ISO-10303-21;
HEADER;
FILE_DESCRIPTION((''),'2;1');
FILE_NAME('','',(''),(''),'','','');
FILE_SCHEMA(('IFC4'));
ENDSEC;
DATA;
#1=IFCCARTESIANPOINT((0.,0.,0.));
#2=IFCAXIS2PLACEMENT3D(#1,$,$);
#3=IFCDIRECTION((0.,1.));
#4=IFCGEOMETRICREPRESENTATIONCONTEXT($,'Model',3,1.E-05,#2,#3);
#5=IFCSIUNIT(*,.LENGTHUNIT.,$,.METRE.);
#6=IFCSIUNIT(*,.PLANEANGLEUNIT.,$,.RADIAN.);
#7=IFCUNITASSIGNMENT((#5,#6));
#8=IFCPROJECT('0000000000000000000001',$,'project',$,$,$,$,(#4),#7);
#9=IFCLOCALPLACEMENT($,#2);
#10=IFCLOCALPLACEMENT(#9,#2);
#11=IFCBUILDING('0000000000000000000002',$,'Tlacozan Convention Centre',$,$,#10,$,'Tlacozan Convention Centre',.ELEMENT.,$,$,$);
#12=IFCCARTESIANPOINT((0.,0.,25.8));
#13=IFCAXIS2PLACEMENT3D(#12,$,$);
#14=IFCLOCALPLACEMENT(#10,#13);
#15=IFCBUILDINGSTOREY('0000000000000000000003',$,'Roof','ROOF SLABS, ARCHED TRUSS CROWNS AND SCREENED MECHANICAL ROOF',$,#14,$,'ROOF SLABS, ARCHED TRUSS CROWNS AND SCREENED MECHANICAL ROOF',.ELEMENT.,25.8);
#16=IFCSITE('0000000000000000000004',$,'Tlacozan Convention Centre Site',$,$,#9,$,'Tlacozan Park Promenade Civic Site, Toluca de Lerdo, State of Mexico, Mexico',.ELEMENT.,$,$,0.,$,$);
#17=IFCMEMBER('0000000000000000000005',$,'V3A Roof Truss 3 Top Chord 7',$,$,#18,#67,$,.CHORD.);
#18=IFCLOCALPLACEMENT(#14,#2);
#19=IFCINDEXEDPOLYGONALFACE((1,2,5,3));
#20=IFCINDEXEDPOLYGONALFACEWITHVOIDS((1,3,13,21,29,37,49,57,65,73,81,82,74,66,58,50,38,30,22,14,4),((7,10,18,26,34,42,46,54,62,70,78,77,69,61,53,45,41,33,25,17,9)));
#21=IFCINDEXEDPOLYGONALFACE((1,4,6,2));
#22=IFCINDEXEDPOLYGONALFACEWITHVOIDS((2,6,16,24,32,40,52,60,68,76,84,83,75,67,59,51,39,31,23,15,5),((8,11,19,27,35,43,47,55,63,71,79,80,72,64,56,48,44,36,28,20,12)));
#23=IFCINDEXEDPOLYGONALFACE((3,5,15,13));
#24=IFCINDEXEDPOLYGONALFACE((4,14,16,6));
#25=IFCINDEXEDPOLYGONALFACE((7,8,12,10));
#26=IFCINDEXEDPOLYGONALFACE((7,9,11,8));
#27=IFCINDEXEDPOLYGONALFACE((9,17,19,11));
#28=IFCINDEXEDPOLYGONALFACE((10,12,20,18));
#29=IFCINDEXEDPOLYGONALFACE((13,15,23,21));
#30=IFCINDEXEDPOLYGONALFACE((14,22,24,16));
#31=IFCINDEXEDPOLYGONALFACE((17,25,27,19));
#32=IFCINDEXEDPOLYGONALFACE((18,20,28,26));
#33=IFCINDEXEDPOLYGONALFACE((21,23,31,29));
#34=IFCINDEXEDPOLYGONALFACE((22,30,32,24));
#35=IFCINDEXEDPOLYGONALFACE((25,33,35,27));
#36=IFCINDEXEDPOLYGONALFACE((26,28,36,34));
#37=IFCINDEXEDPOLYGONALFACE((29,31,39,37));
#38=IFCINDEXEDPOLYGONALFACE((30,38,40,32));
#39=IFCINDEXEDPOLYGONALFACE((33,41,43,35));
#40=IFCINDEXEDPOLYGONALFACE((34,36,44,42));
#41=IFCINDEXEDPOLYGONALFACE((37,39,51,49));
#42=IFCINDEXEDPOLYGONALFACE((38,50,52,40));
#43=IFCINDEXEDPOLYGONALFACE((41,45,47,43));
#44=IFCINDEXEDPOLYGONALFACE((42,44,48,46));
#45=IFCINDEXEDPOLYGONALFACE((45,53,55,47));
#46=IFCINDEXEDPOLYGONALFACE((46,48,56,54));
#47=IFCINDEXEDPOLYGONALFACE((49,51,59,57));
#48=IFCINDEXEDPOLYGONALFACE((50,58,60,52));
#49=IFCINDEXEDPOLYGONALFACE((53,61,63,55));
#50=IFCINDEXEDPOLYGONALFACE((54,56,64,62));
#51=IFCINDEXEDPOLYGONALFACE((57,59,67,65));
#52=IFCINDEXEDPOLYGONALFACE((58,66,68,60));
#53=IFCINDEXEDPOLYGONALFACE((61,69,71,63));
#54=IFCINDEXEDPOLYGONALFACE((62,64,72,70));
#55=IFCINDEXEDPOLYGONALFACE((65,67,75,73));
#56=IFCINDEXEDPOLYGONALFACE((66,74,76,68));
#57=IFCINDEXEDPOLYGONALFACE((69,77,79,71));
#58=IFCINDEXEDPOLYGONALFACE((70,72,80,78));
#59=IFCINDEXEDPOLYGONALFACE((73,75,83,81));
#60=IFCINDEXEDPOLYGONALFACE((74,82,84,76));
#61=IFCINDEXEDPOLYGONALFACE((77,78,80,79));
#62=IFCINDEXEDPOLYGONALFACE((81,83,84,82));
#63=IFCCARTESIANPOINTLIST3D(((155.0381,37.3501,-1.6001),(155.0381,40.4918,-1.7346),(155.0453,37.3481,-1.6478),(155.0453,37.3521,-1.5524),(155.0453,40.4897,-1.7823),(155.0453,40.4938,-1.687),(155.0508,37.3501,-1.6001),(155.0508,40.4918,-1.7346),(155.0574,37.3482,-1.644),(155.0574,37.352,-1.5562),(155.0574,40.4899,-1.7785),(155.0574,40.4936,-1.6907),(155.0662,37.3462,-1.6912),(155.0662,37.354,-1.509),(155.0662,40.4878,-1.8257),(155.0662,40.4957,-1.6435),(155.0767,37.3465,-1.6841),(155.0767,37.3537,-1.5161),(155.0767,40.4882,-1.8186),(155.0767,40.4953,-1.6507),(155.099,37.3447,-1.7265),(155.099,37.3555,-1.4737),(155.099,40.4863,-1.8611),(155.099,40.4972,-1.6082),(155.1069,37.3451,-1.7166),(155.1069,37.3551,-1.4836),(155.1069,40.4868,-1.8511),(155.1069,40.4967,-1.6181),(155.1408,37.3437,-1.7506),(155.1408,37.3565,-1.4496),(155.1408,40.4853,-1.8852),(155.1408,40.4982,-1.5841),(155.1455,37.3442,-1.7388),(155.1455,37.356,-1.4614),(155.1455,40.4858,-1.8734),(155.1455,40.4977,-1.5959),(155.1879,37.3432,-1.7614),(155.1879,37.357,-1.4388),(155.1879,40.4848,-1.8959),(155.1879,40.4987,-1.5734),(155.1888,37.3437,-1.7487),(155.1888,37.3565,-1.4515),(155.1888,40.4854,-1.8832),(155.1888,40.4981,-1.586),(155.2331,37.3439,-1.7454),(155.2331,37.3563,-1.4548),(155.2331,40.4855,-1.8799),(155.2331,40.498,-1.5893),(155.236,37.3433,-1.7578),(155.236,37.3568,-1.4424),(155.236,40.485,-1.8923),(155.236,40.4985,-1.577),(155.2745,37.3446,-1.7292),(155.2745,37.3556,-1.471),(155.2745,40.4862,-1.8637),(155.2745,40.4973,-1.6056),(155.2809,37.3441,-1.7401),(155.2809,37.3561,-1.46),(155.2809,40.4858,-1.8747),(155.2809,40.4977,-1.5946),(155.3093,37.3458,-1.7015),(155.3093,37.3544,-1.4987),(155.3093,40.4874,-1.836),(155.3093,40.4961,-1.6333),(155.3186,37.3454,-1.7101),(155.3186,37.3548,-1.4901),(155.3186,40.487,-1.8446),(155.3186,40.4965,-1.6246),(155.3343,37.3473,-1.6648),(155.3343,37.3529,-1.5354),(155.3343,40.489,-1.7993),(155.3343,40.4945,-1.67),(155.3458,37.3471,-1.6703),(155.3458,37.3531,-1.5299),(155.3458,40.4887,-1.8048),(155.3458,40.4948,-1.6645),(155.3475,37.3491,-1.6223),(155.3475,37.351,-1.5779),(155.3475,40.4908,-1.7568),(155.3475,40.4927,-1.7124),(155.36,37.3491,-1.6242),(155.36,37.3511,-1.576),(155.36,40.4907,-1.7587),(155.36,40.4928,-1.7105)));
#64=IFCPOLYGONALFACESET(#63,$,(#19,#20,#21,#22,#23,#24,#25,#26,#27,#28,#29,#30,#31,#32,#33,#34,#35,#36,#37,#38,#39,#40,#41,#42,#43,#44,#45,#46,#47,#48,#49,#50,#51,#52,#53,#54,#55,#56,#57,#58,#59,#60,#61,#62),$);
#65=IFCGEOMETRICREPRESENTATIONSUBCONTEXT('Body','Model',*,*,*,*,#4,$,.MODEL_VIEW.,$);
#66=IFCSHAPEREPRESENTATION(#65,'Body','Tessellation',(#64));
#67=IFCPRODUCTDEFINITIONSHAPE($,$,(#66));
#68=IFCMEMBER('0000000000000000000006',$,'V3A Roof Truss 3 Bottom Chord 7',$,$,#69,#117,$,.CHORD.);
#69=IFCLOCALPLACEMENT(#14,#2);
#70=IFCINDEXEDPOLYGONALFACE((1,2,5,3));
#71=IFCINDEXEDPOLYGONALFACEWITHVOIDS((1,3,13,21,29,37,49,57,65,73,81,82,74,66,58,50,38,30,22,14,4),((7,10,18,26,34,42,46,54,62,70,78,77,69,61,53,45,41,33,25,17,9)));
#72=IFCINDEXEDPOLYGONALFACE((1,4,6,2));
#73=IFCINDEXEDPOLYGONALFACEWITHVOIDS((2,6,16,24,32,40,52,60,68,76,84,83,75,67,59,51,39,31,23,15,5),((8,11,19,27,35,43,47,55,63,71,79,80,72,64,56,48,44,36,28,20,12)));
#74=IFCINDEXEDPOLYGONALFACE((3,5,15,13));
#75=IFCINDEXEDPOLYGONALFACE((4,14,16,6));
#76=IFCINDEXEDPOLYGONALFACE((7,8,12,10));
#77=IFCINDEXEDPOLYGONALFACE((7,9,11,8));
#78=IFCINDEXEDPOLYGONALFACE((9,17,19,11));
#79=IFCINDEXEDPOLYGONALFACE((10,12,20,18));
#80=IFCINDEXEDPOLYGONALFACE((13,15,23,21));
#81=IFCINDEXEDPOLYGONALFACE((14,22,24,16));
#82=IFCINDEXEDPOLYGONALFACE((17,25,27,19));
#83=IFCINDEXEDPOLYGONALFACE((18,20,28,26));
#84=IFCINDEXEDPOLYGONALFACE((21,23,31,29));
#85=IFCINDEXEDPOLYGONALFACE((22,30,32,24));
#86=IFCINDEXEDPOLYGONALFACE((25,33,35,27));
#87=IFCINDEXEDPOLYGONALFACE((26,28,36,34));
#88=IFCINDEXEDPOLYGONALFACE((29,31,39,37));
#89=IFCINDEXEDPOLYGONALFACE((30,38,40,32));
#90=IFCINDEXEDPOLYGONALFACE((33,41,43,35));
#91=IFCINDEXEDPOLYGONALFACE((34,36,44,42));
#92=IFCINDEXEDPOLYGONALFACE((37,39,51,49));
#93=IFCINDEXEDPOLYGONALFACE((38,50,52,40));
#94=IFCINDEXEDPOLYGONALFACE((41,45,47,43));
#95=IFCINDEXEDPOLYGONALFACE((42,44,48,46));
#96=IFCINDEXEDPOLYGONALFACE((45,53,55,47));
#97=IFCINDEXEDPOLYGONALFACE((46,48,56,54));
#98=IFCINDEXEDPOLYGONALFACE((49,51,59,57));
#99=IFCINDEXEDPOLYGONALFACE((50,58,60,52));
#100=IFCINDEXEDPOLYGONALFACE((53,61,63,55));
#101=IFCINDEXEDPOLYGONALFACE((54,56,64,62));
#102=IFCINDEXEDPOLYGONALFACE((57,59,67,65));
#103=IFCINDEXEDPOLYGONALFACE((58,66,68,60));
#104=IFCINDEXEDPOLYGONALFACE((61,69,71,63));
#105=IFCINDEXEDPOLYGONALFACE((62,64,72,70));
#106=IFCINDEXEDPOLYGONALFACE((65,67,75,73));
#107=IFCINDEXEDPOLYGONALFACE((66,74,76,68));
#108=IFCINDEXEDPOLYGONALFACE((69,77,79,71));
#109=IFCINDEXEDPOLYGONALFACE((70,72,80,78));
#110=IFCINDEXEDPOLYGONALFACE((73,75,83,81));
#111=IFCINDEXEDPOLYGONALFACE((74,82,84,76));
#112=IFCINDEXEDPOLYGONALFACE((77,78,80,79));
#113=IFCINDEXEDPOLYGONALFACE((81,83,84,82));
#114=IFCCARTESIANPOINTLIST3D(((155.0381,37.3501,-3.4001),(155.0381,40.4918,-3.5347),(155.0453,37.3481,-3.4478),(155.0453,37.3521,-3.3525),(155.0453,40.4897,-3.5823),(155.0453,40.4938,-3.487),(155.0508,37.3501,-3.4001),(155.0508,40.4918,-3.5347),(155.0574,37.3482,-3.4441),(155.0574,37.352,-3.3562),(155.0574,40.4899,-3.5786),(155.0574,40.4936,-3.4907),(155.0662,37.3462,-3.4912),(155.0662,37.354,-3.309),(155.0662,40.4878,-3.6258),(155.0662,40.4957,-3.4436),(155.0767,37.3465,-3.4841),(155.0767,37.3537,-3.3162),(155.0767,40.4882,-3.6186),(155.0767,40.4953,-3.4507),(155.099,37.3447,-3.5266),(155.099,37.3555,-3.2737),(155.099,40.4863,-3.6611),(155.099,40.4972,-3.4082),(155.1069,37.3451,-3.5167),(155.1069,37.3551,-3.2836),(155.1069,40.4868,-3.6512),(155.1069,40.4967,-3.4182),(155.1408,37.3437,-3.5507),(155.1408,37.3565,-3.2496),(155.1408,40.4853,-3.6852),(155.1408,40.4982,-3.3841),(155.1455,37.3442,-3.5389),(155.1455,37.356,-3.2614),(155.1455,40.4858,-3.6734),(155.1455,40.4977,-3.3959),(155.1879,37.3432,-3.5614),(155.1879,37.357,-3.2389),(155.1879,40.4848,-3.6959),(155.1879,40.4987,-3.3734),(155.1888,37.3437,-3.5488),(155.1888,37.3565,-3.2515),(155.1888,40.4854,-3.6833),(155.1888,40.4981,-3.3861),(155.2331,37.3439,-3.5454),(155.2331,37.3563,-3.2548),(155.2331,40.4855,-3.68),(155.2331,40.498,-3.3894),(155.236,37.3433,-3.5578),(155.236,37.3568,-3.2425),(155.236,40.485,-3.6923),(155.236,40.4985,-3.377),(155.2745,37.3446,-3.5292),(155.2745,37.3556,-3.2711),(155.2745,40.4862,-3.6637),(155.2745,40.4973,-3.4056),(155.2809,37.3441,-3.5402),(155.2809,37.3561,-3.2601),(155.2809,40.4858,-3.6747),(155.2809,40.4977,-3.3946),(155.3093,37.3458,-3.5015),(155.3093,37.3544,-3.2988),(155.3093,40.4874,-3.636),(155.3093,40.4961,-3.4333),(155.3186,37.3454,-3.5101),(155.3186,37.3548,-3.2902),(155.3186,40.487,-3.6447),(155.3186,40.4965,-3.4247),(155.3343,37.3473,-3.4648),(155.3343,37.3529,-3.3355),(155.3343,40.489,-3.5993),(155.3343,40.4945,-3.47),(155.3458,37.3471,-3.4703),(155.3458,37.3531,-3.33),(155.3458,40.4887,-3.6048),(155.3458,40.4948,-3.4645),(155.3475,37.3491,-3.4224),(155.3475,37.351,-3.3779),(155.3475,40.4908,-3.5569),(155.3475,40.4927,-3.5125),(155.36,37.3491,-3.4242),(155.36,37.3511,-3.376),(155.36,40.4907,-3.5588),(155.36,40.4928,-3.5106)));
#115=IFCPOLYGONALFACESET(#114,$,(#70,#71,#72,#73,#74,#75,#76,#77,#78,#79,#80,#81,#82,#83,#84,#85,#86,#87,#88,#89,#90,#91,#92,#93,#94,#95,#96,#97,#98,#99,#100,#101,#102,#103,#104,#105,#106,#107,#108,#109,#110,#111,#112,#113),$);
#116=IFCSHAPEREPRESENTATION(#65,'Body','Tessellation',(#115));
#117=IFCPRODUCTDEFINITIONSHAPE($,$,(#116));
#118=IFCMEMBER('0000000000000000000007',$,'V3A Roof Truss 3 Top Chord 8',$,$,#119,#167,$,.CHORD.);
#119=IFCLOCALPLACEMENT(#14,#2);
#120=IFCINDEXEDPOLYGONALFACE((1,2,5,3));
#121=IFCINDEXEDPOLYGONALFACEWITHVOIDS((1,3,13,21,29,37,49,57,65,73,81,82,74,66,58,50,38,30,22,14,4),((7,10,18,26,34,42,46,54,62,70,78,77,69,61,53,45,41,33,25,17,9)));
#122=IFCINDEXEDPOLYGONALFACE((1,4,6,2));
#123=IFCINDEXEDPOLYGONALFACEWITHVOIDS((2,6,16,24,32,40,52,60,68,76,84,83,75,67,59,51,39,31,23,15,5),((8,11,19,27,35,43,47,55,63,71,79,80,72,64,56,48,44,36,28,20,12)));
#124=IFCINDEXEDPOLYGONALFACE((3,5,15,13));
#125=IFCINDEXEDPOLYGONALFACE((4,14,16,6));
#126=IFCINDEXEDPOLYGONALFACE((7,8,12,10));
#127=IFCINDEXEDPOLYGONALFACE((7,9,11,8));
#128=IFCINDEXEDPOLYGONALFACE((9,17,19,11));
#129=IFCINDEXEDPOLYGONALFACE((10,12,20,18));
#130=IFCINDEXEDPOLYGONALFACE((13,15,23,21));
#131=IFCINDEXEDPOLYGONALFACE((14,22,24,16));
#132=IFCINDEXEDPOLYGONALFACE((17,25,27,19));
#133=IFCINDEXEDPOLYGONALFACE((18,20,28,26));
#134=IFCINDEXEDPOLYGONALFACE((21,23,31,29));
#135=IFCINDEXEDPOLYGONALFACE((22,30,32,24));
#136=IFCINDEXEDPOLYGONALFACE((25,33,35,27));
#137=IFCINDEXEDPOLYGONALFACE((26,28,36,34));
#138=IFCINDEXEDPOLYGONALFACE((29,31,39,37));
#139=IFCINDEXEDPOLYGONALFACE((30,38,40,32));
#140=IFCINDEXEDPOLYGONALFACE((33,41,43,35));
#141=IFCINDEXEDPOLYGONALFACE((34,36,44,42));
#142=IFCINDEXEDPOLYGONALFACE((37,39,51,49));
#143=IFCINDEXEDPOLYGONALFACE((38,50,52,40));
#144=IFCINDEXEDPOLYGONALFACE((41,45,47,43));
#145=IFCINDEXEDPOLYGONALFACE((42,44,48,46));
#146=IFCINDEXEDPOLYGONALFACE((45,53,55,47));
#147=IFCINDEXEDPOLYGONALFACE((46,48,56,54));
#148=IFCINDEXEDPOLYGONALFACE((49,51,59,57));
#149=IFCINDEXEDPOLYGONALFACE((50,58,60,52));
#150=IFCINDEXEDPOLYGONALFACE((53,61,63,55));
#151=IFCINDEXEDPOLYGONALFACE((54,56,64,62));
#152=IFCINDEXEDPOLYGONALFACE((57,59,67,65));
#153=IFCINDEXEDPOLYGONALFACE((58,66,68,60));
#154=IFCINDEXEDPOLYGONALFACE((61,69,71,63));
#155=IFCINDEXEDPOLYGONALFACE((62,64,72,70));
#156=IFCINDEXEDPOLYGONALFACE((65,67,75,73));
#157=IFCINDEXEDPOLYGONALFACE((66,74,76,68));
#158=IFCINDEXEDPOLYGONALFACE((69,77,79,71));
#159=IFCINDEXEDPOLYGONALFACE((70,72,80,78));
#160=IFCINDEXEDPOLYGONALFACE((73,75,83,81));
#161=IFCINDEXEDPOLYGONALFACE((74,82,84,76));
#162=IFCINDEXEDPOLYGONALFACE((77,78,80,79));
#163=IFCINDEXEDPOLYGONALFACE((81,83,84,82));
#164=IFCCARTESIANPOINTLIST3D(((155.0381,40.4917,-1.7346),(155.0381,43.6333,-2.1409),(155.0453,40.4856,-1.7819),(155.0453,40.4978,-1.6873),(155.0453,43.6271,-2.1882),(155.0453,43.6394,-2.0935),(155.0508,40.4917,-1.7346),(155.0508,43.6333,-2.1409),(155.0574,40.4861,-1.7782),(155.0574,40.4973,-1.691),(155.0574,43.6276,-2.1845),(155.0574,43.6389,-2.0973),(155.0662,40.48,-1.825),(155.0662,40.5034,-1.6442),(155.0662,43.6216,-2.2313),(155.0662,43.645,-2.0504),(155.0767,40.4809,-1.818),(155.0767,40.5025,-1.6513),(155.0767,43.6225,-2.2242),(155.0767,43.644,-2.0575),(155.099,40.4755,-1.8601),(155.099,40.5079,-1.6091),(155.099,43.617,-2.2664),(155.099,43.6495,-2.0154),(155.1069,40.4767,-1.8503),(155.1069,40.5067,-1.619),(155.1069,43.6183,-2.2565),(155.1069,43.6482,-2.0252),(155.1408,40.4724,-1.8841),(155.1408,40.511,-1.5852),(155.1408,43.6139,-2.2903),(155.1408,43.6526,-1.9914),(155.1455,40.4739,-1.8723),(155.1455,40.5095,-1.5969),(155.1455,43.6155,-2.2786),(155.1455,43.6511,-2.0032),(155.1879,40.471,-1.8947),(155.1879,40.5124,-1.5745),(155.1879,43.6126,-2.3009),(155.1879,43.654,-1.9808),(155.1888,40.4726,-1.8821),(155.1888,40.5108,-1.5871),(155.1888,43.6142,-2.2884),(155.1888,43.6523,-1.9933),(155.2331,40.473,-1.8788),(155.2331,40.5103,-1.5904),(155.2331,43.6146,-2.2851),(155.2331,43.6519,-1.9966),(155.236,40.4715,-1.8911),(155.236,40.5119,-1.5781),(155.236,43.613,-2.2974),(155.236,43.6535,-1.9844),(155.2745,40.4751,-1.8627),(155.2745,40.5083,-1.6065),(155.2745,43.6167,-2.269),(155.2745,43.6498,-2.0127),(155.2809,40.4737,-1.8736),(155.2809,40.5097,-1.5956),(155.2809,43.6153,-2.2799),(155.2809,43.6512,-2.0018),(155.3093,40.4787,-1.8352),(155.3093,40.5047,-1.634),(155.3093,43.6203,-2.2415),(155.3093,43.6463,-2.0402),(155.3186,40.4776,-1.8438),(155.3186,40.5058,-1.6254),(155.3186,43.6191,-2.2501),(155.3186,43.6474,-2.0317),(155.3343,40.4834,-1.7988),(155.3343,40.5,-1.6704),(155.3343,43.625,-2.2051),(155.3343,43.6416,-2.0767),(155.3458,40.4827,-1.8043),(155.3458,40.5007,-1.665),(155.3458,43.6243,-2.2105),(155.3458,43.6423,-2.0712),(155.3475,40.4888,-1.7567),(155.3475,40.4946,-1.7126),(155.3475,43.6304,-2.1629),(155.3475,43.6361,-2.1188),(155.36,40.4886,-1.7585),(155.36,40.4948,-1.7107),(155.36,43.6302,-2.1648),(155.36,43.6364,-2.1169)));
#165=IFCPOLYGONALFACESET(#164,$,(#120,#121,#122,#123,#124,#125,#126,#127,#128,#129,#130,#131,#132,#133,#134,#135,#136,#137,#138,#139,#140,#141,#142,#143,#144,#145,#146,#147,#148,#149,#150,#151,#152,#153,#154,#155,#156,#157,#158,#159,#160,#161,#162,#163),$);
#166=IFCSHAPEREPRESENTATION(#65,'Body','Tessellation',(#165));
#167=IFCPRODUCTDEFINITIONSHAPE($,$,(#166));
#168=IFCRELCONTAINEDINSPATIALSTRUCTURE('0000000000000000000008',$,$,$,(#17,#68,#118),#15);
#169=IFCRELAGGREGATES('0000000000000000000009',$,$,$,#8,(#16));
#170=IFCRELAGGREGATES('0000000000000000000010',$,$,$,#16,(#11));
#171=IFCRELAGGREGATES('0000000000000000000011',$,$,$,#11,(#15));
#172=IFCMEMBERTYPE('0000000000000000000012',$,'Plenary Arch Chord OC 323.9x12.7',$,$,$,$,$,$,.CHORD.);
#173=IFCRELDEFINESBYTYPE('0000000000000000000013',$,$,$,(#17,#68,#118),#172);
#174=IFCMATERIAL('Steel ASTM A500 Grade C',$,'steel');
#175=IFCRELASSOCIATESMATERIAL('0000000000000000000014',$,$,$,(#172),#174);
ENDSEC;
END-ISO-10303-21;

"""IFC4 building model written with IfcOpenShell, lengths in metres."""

from ifc_helpers import new_model, si_unit, direction, frame, origin, origin_2d, place, context, subcontext, project, spatial, hollow_circle, extrude, material, material_profile, profile_set, type_object, element, save


model = new_model("IFC4")

# Units and contexts
model_context = context("Model", 3, precision=1e-05, world=origin(), true_north=direction((0.0, 1.0)))
body_context = subcontext(model_context, "Body", "Model", "MODEL_VIEW")
ifc_project = project(units=[si_unit("LENGTHUNIT", "METRE"), si_unit("PLANEANGLEUNIT", "RADIAN")], contexts=[model_context])

# Site, building, storey
site_placement = place(None, origin())
site = spatial("IfcSite", under=ifc_project, at=site_placement, Name="Tlacozan Convention Centre Site", LongName="Tlacozan Park Promenade Civic Site, Toluca de Lerdo, State of Mexico, Mexico", CompositionType="ELEMENT", RefElevation=0.0)
building_placement = place(site_placement, origin())
building = spatial("IfcBuilding", under=site, at=building_placement, Name="Tlacozan Convention Centre", LongName="Tlacozan Convention Centre", CompositionType="ELEMENT")
storey_placement = place(building_placement, frame((0.0, 0.0, 25.8)))
storey = spatial("IfcBuildingStorey", under=building, at=storey_placement, Name="Roof", Description="ROOF SLABS, ARCHED TRUSS CROWNS AND SCREENED MECHANICAL ROOF", LongName="ROOF SLABS, ARCHED TRUSS CROWNS AND SCREENED MECHANICAL ROOF", CompositionType="ELEMENT", Elevation=25.8)

# Members
ifc_material_1 = material(Name="Steel ASTM A500 Grade C", Category="steel")
ifc_material_profile_1 = material_profile(ifc_material_1, hollow_circle(Radius=0.1619, WallThickness=0.0127, at=origin_2d()), Name="OC 323.9x12.7")
ifc_profile_set_1 = profile_set([ifc_material_profile_1], Name="Steel ASTM A500 Grade C")
member_type_1 = type_object("IfcMemberType", Name="Plenary Arch Chord OC 323.9x12.7", PredefinedType="CHORD", material=ifc_profile_set_1)
for number, where, z_axis, x_axis, name in (
    (1, (155.2, 37.3501, -1.6001), (0.0, 0.999085, -0.04278), (-1.0, 0.0, 0.0), "V3A Roof Truss 3 Top Chord 7"),
    (2, (155.2, 37.3501, -3.4001), (0.0, 0.999085, -0.04278), (-1.0, 0.0, 0.0), "V3A Roof Truss 3 Bottom Chord 7"),
):
    element("IfcMember", number, at=place(storey_placement, frame(where, z_axis=z_axis, x_axis=x_axis)), inside=storey, type_object=member_type_1, Name=name, PredefinedType="CHORD", context=body_context, shape_type="SweptSolid", body=[
        extrude(hollow_circle(Radius=0.1619, WallThickness=0.0127, at=origin_2d()), origin(), (0.0, 0.0, 1.0), 3.1445),
    ])
for number, where, z_axis, x_axis, name in (
    (3, (155.2, 40.4917, -1.7346), (0.0, 0.991742, -0.128245), (-1.0, 0.0, 0.0), "V3A Roof Truss 3 Top Chord 8"),
):
    element("IfcMember", number, at=place(storey_placement, frame(where, z_axis=z_axis, x_axis=x_axis)), inside=storey, type_object=member_type_1, Name=name, PredefinedType="CHORD", context=body_context, shape_type="SweptSolid", body=[
        extrude(hollow_circle(Radius=0.1619, WallThickness=0.0127, at=origin_2d()), origin(), (0.0, 0.0, 1.0), 3.1677),
    ])

save(model, "model.ifc")
